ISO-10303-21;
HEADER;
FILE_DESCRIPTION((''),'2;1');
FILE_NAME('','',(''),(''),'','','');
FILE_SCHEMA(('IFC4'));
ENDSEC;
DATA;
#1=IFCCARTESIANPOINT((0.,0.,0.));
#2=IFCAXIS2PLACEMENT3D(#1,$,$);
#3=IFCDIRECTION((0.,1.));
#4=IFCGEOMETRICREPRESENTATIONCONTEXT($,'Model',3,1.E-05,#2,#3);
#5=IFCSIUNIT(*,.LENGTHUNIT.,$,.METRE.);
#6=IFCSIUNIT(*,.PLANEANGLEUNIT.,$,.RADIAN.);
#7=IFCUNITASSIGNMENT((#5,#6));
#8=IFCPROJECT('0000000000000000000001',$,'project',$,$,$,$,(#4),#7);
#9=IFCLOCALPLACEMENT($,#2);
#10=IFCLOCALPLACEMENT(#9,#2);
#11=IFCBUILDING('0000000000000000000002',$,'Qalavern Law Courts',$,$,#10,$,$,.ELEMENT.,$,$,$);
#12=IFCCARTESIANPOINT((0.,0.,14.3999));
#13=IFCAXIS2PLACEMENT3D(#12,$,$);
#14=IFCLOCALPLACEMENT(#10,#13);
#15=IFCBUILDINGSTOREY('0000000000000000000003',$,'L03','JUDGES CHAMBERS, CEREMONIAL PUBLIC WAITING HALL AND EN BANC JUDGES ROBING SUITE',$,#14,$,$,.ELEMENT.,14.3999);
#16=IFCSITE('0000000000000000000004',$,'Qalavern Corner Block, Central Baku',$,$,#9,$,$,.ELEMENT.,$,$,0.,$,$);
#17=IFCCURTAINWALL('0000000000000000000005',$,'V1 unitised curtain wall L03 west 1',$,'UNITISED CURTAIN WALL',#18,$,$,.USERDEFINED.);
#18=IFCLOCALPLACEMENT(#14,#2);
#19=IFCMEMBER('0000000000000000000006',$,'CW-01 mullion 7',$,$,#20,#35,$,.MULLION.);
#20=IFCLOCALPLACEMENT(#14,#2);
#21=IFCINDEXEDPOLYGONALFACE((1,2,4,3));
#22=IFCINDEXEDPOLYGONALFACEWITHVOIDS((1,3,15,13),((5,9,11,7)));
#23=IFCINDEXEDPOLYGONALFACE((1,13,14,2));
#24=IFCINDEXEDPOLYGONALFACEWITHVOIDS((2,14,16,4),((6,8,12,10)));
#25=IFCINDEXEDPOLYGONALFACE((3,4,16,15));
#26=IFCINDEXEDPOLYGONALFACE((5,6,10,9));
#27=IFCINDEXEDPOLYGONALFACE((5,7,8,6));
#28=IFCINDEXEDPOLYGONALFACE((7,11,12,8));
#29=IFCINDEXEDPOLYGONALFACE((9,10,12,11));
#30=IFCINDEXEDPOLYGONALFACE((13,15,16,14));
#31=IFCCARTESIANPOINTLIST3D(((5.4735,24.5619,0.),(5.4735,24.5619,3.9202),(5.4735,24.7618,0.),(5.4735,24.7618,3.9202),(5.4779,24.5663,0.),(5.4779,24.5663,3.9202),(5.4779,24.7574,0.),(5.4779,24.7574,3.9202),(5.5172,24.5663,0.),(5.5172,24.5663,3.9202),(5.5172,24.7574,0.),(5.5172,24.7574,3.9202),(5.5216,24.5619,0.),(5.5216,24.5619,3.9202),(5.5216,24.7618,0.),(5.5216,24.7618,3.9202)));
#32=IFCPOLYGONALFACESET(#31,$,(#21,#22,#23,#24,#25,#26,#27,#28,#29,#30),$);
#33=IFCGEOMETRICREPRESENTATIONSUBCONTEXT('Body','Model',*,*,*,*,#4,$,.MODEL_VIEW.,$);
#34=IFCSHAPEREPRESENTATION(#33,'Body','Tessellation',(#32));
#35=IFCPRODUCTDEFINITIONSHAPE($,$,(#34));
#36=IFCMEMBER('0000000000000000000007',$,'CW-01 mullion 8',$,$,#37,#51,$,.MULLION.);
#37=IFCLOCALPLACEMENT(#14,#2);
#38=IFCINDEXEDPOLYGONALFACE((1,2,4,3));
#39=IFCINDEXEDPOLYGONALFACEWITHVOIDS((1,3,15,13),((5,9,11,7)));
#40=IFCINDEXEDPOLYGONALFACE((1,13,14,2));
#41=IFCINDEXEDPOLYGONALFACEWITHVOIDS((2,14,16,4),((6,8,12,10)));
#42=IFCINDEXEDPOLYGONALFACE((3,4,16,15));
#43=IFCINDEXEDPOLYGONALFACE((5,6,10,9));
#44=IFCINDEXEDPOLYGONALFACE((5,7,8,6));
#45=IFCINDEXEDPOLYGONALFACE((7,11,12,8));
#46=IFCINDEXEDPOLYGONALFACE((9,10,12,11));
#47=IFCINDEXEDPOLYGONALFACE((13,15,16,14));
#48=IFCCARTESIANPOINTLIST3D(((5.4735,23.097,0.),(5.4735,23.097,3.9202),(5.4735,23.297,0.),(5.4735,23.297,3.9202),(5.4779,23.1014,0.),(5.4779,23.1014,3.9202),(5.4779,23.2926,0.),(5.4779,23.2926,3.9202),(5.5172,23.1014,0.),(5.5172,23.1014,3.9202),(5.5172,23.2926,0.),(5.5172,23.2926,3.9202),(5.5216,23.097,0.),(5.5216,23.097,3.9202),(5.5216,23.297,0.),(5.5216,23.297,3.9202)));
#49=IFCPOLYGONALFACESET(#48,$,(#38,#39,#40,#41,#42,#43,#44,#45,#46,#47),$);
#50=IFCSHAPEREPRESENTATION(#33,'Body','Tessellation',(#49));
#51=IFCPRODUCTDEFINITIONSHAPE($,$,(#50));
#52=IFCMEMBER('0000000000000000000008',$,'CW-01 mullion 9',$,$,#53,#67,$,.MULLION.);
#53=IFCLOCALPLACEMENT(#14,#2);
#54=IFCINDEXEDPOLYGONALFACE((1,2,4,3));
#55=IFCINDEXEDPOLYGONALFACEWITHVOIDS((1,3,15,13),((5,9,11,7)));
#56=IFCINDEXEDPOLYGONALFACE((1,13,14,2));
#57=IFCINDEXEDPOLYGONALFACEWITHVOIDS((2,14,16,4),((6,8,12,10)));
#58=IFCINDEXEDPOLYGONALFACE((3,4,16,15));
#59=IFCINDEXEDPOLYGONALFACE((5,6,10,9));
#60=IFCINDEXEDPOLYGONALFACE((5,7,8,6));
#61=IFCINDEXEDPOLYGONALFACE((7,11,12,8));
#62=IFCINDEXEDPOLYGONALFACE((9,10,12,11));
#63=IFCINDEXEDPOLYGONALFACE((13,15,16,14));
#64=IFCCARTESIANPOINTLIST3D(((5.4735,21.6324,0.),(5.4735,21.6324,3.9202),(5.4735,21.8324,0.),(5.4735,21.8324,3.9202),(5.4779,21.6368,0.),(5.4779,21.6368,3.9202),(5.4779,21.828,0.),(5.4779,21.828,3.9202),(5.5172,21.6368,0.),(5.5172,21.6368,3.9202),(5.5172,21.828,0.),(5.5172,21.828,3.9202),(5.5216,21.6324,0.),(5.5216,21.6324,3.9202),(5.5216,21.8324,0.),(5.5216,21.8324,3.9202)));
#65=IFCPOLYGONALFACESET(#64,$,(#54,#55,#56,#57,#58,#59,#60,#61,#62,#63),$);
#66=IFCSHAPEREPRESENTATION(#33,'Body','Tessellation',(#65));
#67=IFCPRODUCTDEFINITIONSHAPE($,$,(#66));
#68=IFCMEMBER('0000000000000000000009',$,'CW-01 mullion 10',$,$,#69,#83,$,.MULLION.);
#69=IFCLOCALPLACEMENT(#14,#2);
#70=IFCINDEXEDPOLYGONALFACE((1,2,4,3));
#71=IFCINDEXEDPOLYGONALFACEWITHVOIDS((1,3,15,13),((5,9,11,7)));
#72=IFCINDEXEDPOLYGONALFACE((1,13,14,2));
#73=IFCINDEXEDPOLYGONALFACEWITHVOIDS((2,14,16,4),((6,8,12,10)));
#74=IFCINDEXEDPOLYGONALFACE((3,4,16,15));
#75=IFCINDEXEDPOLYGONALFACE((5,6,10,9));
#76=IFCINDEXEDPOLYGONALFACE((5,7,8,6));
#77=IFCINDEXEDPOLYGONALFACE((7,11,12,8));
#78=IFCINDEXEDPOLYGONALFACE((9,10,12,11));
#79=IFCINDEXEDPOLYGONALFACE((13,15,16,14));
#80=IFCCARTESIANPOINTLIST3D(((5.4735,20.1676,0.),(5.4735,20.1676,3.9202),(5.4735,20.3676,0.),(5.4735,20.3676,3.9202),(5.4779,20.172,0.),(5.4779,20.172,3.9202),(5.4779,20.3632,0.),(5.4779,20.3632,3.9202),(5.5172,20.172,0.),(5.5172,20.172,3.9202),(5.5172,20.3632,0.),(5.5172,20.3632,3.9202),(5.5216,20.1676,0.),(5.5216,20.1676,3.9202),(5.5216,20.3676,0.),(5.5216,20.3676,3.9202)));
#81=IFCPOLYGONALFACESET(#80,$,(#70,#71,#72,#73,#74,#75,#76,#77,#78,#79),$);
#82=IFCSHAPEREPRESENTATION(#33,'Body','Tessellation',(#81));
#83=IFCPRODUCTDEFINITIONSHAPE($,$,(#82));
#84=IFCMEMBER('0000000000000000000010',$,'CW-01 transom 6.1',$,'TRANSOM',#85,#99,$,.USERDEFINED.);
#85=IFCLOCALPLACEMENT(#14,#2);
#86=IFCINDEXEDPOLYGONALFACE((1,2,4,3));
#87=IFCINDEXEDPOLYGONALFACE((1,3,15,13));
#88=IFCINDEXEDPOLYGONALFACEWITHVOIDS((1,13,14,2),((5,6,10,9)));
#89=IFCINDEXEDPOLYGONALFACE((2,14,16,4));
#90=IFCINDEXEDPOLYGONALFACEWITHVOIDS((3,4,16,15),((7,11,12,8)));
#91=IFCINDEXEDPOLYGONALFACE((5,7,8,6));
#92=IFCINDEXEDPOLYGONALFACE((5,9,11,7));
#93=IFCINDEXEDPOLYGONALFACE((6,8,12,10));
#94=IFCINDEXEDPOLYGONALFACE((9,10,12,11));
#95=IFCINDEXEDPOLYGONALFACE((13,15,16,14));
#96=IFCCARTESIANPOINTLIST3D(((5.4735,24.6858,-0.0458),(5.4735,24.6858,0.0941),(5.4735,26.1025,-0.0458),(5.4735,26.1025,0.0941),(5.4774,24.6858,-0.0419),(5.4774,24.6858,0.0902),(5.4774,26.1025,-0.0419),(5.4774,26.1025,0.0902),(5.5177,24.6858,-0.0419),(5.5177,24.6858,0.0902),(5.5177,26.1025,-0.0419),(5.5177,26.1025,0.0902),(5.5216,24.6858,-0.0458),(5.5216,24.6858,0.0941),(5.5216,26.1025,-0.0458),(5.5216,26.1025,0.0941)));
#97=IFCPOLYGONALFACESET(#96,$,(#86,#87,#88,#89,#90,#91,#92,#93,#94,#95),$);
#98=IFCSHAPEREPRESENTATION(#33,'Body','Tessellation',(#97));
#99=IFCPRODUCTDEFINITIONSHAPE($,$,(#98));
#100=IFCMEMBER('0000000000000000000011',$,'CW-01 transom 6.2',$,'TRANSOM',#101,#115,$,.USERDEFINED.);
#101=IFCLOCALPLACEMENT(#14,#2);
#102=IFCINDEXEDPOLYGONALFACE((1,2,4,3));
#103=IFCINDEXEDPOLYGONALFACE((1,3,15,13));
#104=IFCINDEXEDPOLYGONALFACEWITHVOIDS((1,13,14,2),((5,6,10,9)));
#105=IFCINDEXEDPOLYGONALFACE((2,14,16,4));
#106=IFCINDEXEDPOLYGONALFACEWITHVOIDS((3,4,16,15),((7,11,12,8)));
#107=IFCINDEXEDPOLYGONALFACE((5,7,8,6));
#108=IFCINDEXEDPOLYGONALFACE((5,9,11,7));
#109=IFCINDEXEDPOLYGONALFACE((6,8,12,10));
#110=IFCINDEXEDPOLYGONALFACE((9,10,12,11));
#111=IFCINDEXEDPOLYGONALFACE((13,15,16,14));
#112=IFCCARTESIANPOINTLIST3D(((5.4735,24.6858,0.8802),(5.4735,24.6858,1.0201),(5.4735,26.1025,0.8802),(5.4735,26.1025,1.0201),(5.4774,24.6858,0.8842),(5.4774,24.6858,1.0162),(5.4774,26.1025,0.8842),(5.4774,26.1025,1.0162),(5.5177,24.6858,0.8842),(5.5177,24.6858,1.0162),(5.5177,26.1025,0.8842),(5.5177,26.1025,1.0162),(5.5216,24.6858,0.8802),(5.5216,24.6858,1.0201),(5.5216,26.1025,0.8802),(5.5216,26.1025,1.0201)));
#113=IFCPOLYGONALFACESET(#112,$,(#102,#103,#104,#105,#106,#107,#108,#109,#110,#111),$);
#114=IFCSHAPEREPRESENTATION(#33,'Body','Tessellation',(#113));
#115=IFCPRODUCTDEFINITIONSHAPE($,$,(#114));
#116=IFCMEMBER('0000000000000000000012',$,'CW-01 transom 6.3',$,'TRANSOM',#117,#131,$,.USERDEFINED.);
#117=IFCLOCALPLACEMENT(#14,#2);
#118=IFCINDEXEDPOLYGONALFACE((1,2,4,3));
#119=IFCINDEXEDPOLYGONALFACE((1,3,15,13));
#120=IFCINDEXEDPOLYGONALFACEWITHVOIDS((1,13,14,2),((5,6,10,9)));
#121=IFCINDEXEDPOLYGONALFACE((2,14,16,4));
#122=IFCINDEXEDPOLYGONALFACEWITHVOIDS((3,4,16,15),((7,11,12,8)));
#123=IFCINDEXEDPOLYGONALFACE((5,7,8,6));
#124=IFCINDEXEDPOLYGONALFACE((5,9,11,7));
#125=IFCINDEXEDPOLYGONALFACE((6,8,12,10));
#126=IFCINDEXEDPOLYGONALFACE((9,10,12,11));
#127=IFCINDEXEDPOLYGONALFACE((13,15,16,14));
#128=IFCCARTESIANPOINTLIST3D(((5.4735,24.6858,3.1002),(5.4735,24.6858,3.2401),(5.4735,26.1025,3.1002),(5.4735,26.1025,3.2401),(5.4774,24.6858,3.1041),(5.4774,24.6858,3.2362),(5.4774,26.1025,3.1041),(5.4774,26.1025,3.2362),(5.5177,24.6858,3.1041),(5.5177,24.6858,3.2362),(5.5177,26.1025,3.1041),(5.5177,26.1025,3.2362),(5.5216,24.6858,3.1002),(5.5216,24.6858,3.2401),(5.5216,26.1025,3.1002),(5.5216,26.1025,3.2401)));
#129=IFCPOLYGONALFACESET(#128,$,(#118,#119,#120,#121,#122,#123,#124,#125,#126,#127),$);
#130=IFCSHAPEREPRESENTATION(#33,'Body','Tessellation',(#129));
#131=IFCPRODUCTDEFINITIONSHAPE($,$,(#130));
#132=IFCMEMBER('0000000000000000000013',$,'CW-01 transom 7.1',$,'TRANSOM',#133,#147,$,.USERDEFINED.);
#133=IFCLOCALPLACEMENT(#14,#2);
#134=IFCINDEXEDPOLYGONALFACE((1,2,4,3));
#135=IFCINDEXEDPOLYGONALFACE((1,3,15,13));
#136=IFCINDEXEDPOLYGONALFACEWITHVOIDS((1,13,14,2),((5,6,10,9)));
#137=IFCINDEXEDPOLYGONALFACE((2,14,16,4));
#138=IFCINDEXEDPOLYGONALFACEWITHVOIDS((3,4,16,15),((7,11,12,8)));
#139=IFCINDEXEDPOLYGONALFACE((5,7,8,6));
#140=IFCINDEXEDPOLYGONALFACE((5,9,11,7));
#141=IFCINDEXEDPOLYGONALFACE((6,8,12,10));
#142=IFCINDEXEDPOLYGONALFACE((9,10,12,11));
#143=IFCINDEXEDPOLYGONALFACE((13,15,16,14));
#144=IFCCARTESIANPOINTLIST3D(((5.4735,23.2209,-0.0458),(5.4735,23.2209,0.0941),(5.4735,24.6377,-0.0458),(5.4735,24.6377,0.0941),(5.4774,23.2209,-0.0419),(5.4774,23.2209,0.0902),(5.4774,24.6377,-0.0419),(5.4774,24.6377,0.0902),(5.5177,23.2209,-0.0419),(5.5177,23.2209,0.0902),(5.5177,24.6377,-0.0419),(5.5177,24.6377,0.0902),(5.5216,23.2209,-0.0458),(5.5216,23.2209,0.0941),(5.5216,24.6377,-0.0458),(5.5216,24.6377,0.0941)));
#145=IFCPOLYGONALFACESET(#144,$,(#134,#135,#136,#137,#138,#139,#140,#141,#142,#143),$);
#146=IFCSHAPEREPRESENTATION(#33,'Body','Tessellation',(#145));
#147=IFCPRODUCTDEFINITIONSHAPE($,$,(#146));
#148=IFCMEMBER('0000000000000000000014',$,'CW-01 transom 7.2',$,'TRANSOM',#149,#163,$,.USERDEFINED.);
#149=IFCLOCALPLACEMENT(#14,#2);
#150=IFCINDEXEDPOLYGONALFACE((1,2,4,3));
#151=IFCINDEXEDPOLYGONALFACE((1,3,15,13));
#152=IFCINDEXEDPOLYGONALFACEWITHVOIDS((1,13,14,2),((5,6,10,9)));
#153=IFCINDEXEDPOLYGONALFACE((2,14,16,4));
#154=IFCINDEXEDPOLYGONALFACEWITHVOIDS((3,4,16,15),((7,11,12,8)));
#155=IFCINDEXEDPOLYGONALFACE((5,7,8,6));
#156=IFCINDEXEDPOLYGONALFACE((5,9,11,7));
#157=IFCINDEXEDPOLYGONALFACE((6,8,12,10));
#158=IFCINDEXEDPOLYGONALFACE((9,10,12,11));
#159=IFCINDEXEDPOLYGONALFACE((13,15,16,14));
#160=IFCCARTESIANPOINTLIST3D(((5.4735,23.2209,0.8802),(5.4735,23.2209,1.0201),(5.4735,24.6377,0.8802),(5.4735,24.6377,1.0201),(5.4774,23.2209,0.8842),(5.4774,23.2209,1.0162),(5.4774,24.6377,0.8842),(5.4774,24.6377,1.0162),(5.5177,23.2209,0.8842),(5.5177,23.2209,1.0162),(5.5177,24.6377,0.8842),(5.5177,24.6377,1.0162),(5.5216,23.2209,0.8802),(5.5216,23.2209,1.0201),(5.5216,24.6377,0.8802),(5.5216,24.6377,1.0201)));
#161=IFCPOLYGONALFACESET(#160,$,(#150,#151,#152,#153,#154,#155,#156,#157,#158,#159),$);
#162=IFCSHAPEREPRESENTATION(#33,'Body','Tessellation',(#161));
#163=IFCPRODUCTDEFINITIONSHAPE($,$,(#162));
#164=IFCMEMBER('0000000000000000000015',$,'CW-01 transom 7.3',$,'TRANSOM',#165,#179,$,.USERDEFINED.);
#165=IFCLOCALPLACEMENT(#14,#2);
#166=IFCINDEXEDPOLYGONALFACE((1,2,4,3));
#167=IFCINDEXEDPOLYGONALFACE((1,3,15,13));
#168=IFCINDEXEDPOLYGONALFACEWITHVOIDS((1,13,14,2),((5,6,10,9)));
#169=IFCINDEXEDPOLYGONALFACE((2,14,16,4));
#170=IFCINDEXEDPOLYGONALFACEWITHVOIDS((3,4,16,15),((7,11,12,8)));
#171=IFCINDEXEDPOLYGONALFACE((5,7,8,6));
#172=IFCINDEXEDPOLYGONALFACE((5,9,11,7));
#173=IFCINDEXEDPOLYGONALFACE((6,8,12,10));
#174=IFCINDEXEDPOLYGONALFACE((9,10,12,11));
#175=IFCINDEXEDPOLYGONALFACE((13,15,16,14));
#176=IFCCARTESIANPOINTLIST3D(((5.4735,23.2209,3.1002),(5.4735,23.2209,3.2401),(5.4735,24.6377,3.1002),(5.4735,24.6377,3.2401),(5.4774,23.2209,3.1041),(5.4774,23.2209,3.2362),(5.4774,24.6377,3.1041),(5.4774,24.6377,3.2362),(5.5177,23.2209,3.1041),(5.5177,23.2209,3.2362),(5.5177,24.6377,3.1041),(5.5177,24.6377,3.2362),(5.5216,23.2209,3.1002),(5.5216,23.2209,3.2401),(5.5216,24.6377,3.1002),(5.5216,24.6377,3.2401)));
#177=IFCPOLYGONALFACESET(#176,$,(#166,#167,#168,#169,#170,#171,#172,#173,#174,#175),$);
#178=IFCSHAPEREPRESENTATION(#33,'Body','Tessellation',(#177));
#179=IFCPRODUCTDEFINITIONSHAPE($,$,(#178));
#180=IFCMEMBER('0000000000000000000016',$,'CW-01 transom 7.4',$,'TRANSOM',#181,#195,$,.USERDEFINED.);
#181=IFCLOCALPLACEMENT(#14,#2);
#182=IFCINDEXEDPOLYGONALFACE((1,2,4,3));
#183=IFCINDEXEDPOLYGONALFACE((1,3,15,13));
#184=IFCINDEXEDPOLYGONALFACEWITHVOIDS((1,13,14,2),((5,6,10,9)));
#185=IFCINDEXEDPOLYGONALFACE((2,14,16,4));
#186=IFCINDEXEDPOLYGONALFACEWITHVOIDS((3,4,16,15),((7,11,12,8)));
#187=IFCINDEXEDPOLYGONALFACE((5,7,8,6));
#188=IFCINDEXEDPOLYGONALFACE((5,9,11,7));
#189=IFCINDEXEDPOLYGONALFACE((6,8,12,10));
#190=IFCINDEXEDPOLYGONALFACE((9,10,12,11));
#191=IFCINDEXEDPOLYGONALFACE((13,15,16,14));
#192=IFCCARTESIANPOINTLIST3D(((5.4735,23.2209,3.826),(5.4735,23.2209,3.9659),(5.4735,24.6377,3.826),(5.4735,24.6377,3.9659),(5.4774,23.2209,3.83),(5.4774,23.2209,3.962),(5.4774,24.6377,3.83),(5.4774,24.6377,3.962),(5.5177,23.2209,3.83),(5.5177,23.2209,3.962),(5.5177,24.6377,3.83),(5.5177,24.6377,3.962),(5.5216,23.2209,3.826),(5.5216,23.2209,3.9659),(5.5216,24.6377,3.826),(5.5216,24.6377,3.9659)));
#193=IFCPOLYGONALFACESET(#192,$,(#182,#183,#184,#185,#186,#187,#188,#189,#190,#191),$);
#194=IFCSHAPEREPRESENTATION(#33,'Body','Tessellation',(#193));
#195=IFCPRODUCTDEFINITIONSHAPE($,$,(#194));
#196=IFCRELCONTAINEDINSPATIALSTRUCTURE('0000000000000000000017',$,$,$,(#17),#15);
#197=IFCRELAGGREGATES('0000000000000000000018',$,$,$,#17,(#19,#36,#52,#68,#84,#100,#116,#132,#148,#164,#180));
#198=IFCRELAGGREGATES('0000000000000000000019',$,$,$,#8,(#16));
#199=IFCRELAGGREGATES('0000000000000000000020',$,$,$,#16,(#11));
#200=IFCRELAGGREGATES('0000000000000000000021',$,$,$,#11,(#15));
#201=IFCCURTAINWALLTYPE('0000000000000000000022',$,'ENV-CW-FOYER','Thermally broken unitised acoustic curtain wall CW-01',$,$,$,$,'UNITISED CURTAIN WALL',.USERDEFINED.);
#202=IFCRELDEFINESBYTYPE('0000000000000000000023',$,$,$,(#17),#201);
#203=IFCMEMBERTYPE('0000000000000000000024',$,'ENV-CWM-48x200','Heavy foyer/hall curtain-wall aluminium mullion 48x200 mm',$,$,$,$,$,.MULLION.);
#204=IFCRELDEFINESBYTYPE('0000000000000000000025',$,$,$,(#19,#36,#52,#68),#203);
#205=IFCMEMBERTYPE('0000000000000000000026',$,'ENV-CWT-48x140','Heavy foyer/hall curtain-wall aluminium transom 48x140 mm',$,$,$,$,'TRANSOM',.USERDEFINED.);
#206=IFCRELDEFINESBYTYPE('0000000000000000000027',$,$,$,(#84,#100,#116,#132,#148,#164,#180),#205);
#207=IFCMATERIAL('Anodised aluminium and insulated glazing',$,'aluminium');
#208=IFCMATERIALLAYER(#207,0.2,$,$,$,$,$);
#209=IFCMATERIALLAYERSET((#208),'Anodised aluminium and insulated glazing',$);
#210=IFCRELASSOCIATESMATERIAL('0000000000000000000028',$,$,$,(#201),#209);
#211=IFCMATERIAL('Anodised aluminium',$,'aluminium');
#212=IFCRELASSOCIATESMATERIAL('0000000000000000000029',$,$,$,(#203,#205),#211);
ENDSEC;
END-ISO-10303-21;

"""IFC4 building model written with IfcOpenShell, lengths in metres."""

from ifc_helpers import new_model, si_unit, direction, frame, origin, origin_2d, place, context, subcontext, project, spatial, hollow_rectangle, extrude, material, layer, layer_set, material_profile, profile_set, type_object, element, aggregate, save


model = new_model("IFC4")

# Units and contexts
model_context = context("Model", 3, precision=1e-05, world=origin(), true_north=direction((0.0, 1.0)))
body_context = subcontext(model_context, "Body", "Model", "MODEL_VIEW")
ifc_project = project(units=[si_unit("LENGTHUNIT", "METRE"), si_unit("PLANEANGLEUNIT", "RADIAN")], contexts=[model_context])

# Site, building, storey
site_placement = place(None, origin())
site = spatial("IfcSite", under=ifc_project, at=site_placement, Name="Qalavern Corner Block, Central Baku", CompositionType="ELEMENT", RefElevation=0.0)
building_placement = place(site_placement, origin())
building = spatial("IfcBuilding", under=site, at=building_placement, Name="Qalavern Law Courts", CompositionType="ELEMENT")
storey_placement = place(building_placement, frame((0.0, 0.0, 14.3999)))
storey = spatial("IfcBuildingStorey", under=building, at=storey_placement, Name="L03", Description="JUDGES CHAMBERS, CEREMONIAL PUBLIC WAITING HALL AND EN BANC JUDGES ROBING SUITE", CompositionType="ELEMENT", Elevation=14.3999)

# Curtain wall, members
ifc_material_1 = material(Name="Anodised aluminium and insulated glazing", Category="aluminium")
ifc_layer_1 = layer(ifc_material_1, 0.2)
ifc_layer_set_1 = layer_set([ifc_layer_1], Name="Anodised aluminium and insulated glazing")
curtain_wall_type = type_object("IfcCurtainWallType", Name="ENV-CW-FOYER", Description="Thermally broken unitised acoustic curtain wall CW-01", ElementType="UNITISED CURTAIN WALL", PredefinedType="USERDEFINED", material=ifc_layer_set_1)
curtain_wall_placement = place(storey_placement, origin())
curtain_wall = element("IfcCurtainWall", 1, at=curtain_wall_placement, inside=storey, type_object=curtain_wall_type, Name="V1 unitised curtain wall L03 west 1", ObjectType="UNITISED CURTAIN WALL", PredefinedType="USERDEFINED")
ifc_material_2 = material(Name="Anodised aluminium", Category="aluminium")
ifc_material_profile_1 = material_profile(ifc_material_2, hollow_rectangle(XDim=0.0481, YDim=0.2, WallThickness=0.0044, at=origin_2d()), Name="ALU MULLION 48x200")
ifc_profile_set_1 = profile_set([ifc_material_profile_1], Name="Anodised aluminium")
member_type_1 = type_object("IfcMemberType", Name="ENV-CWM-48x200", Description="Heavy foyer/hall curtain-wall aluminium mullion 48x200 mm", PredefinedType="MULLION", material=ifc_profile_set_1)
member_1_placement = place(storey_placement, frame((5.4976, 24.6619, 0.0), z_axis=(0.0, 0.0, 1.0), x_axis=(1.0, 0.0, 0.0)))
member_1 = element("IfcMember", 2, at=member_1_placement, type_object=member_type_1, Name="CW-01 mullion 7", PredefinedType="MULLION", context=body_context, shape_type="SweptSolid", body=[
    extrude(hollow_rectangle(XDim=0.0481, YDim=0.2, WallThickness=0.0044, at=origin_2d()), origin(), (0.0, 0.0, 1.0), 3.9202),
])
member_2_placement = place(storey_placement, frame((5.4976, 23.197, 0.0), z_axis=(0.0, 0.0, 1.0), x_axis=(1.0, 0.0, 0.0)))
member_2 = element("IfcMember", 3, at=member_2_placement, type_object=member_type_1, Name="CW-01 mullion 8", PredefinedType="MULLION", context=body_context, shape_type="SweptSolid", body=[
    extrude(hollow_rectangle(XDim=0.0481, YDim=0.2, WallThickness=0.0044, at=origin_2d()), origin(), (0.0, 0.0, 1.0), 3.9202),
])
member_3_placement = place(storey_placement, frame((5.4976, 21.7324, 0.0), z_axis=(0.0, 0.0, 1.0), x_axis=(1.0, 0.0, 0.0)))
member_3 = element("IfcMember", 4, at=member_3_placement, type_object=member_type_1, Name="CW-01 mullion 9", PredefinedType="MULLION", context=body_context, shape_type="SweptSolid", body=[
    extrude(hollow_rectangle(XDim=0.0481, YDim=0.2, WallThickness=0.0044, at=origin_2d()), origin(), (0.0, 0.0, 1.0), 3.9202),
])
member_4_placement = place(storey_placement, frame((5.4976, 20.2676, 0.0), z_axis=(0.0, 0.0, 1.0), x_axis=(1.0, 0.0, 0.0)))
member_4 = element("IfcMember", 5, at=member_4_placement, type_object=member_type_1, Name="CW-01 mullion 10", PredefinedType="MULLION", context=body_context, shape_type="SweptSolid", body=[
    extrude(hollow_rectangle(XDim=0.0481, YDim=0.2, WallThickness=0.0044, at=origin_2d()), origin(), (0.0, 0.0, 1.0), 3.9202),
])
ifc_material_profile_2 = material_profile(ifc_material_2, hollow_rectangle(XDim=0.0481, YDim=0.1399, WallThickness=0.0039, at=origin_2d()), Name="ALU TRANSOM 48x140")
ifc_profile_set_2 = profile_set([ifc_material_profile_2], Name="Anodised aluminium")
member_type_2 = type_object("IfcMemberType", Name="ENV-CWT-48x140", Description="Heavy foyer/hall curtain-wall aluminium transom 48x140 mm", ElementType="TRANSOM", PredefinedType="USERDEFINED", material=ifc_profile_set_2)
member_5_placement = place(storey_placement, frame((5.4976, 26.1025, 0.0242), z_axis=(0.0, -1.0, 0.0), x_axis=(1.0, 0.0, 0.0)))
member_5 = element("IfcMember", 6, at=member_5_placement, type_object=member_type_2, Name="CW-01 transom 6.1", ObjectType="TRANSOM", PredefinedType="USERDEFINED", context=body_context, shape_type="SweptSolid", body=[
    extrude(hollow_rectangle(XDim=0.0481, YDim=0.1399, WallThickness=0.0039, at=origin_2d()), origin(), (0.0, 0.0, 1.0), 1.4167),
])
member_6_placement = place(storey_placement, frame((5.4976, 26.1025, 0.9502), z_axis=(0.0, -1.0, 0.0), x_axis=(1.0, 0.0, 0.0)))
member_6 = element("IfcMember", 7, at=member_6_placement, type_object=member_type_2, Name="CW-01 transom 6.2", ObjectType="TRANSOM", PredefinedType="USERDEFINED", context=body_context, shape_type="SweptSolid", body=[
    extrude(hollow_rectangle(XDim=0.0481, YDim=0.1399, WallThickness=0.0039, at=origin_2d()), origin(), (0.0, 0.0, 1.0), 1.4167),
])
member_7_placement = place(storey_placement, frame((5.4976, 26.1025, 3.1702), z_axis=(0.0, -1.0, 0.0), x_axis=(1.0, 0.0, 0.0)))
member_7 = element("IfcMember", 8, at=member_7_placement, type_object=member_type_2, Name="CW-01 transom 6.3", ObjectType="TRANSOM", PredefinedType="USERDEFINED", context=body_context, shape_type="SweptSolid", body=[
    extrude(hollow_rectangle(XDim=0.0481, YDim=0.1399, WallThickness=0.0039, at=origin_2d()), origin(), (0.0, 0.0, 1.0), 1.4167),
])
member_8_placement = place(storey_placement, frame((5.4976, 24.6377, 0.0242), z_axis=(0.0, -1.0, 0.0), x_axis=(1.0, 0.0, 0.0)))
member_8 = element("IfcMember", 9, at=member_8_placement, type_object=member_type_2, Name="CW-01 transom 7.1", ObjectType="TRANSOM", PredefinedType="USERDEFINED", context=body_context, shape_type="SweptSolid", body=[
    extrude(hollow_rectangle(XDim=0.0481, YDim=0.1399, WallThickness=0.0039, at=origin_2d()), origin(), (0.0, 0.0, 1.0), 1.4167),
])
member_9_placement = place(storey_placement, frame((5.4976, 24.6377, 0.9502), z_axis=(0.0, -1.0, 0.0), x_axis=(1.0, 0.0, 0.0)))
member_9 = element("IfcMember", 10, at=member_9_placement, type_object=member_type_2, Name="CW-01 transom 7.2", ObjectType="TRANSOM", PredefinedType="USERDEFINED", context=body_context, shape_type="SweptSolid", body=[
    extrude(hollow_rectangle(XDim=0.0481, YDim=0.1399, WallThickness=0.0039, at=origin_2d()), origin(), (0.0, 0.0, 1.0), 1.4167),
])
member_10_placement = place(storey_placement, frame((5.4976, 24.6377, 3.1702), z_axis=(0.0, -1.0, 0.0), x_axis=(1.0, 0.0, 0.0)))
member_10 = element("IfcMember", 11, at=member_10_placement, type_object=member_type_2, Name="CW-01 transom 7.3", ObjectType="TRANSOM", PredefinedType="USERDEFINED", context=body_context, shape_type="SweptSolid", body=[
    extrude(hollow_rectangle(XDim=0.0481, YDim=0.1399, WallThickness=0.0039, at=origin_2d()), origin(), (0.0, 0.0, 1.0), 1.4167),
])
member_11_placement = place(storey_placement, frame((5.4976, 24.6377, 3.896), z_axis=(0.0, -1.0, 0.0), x_axis=(1.0, 0.0, 0.0)))
member_11 = element("IfcMember", 12, at=member_11_placement, type_object=member_type_2, Name="CW-01 transom 7.4", ObjectType="TRANSOM", PredefinedType="USERDEFINED", context=body_context, shape_type="SweptSolid", body=[
    extrude(hollow_rectangle(XDim=0.0481, YDim=0.1399, WallThickness=0.0039, at=origin_2d()), origin(), (0.0, 0.0, 1.0), 1.4167),
])

aggregate(curtain_wall, [member_1, member_2, member_3, member_4, member_5, member_6, member_7, member_8, member_9, member_10, member_11])

save(model, "model.ifc")
